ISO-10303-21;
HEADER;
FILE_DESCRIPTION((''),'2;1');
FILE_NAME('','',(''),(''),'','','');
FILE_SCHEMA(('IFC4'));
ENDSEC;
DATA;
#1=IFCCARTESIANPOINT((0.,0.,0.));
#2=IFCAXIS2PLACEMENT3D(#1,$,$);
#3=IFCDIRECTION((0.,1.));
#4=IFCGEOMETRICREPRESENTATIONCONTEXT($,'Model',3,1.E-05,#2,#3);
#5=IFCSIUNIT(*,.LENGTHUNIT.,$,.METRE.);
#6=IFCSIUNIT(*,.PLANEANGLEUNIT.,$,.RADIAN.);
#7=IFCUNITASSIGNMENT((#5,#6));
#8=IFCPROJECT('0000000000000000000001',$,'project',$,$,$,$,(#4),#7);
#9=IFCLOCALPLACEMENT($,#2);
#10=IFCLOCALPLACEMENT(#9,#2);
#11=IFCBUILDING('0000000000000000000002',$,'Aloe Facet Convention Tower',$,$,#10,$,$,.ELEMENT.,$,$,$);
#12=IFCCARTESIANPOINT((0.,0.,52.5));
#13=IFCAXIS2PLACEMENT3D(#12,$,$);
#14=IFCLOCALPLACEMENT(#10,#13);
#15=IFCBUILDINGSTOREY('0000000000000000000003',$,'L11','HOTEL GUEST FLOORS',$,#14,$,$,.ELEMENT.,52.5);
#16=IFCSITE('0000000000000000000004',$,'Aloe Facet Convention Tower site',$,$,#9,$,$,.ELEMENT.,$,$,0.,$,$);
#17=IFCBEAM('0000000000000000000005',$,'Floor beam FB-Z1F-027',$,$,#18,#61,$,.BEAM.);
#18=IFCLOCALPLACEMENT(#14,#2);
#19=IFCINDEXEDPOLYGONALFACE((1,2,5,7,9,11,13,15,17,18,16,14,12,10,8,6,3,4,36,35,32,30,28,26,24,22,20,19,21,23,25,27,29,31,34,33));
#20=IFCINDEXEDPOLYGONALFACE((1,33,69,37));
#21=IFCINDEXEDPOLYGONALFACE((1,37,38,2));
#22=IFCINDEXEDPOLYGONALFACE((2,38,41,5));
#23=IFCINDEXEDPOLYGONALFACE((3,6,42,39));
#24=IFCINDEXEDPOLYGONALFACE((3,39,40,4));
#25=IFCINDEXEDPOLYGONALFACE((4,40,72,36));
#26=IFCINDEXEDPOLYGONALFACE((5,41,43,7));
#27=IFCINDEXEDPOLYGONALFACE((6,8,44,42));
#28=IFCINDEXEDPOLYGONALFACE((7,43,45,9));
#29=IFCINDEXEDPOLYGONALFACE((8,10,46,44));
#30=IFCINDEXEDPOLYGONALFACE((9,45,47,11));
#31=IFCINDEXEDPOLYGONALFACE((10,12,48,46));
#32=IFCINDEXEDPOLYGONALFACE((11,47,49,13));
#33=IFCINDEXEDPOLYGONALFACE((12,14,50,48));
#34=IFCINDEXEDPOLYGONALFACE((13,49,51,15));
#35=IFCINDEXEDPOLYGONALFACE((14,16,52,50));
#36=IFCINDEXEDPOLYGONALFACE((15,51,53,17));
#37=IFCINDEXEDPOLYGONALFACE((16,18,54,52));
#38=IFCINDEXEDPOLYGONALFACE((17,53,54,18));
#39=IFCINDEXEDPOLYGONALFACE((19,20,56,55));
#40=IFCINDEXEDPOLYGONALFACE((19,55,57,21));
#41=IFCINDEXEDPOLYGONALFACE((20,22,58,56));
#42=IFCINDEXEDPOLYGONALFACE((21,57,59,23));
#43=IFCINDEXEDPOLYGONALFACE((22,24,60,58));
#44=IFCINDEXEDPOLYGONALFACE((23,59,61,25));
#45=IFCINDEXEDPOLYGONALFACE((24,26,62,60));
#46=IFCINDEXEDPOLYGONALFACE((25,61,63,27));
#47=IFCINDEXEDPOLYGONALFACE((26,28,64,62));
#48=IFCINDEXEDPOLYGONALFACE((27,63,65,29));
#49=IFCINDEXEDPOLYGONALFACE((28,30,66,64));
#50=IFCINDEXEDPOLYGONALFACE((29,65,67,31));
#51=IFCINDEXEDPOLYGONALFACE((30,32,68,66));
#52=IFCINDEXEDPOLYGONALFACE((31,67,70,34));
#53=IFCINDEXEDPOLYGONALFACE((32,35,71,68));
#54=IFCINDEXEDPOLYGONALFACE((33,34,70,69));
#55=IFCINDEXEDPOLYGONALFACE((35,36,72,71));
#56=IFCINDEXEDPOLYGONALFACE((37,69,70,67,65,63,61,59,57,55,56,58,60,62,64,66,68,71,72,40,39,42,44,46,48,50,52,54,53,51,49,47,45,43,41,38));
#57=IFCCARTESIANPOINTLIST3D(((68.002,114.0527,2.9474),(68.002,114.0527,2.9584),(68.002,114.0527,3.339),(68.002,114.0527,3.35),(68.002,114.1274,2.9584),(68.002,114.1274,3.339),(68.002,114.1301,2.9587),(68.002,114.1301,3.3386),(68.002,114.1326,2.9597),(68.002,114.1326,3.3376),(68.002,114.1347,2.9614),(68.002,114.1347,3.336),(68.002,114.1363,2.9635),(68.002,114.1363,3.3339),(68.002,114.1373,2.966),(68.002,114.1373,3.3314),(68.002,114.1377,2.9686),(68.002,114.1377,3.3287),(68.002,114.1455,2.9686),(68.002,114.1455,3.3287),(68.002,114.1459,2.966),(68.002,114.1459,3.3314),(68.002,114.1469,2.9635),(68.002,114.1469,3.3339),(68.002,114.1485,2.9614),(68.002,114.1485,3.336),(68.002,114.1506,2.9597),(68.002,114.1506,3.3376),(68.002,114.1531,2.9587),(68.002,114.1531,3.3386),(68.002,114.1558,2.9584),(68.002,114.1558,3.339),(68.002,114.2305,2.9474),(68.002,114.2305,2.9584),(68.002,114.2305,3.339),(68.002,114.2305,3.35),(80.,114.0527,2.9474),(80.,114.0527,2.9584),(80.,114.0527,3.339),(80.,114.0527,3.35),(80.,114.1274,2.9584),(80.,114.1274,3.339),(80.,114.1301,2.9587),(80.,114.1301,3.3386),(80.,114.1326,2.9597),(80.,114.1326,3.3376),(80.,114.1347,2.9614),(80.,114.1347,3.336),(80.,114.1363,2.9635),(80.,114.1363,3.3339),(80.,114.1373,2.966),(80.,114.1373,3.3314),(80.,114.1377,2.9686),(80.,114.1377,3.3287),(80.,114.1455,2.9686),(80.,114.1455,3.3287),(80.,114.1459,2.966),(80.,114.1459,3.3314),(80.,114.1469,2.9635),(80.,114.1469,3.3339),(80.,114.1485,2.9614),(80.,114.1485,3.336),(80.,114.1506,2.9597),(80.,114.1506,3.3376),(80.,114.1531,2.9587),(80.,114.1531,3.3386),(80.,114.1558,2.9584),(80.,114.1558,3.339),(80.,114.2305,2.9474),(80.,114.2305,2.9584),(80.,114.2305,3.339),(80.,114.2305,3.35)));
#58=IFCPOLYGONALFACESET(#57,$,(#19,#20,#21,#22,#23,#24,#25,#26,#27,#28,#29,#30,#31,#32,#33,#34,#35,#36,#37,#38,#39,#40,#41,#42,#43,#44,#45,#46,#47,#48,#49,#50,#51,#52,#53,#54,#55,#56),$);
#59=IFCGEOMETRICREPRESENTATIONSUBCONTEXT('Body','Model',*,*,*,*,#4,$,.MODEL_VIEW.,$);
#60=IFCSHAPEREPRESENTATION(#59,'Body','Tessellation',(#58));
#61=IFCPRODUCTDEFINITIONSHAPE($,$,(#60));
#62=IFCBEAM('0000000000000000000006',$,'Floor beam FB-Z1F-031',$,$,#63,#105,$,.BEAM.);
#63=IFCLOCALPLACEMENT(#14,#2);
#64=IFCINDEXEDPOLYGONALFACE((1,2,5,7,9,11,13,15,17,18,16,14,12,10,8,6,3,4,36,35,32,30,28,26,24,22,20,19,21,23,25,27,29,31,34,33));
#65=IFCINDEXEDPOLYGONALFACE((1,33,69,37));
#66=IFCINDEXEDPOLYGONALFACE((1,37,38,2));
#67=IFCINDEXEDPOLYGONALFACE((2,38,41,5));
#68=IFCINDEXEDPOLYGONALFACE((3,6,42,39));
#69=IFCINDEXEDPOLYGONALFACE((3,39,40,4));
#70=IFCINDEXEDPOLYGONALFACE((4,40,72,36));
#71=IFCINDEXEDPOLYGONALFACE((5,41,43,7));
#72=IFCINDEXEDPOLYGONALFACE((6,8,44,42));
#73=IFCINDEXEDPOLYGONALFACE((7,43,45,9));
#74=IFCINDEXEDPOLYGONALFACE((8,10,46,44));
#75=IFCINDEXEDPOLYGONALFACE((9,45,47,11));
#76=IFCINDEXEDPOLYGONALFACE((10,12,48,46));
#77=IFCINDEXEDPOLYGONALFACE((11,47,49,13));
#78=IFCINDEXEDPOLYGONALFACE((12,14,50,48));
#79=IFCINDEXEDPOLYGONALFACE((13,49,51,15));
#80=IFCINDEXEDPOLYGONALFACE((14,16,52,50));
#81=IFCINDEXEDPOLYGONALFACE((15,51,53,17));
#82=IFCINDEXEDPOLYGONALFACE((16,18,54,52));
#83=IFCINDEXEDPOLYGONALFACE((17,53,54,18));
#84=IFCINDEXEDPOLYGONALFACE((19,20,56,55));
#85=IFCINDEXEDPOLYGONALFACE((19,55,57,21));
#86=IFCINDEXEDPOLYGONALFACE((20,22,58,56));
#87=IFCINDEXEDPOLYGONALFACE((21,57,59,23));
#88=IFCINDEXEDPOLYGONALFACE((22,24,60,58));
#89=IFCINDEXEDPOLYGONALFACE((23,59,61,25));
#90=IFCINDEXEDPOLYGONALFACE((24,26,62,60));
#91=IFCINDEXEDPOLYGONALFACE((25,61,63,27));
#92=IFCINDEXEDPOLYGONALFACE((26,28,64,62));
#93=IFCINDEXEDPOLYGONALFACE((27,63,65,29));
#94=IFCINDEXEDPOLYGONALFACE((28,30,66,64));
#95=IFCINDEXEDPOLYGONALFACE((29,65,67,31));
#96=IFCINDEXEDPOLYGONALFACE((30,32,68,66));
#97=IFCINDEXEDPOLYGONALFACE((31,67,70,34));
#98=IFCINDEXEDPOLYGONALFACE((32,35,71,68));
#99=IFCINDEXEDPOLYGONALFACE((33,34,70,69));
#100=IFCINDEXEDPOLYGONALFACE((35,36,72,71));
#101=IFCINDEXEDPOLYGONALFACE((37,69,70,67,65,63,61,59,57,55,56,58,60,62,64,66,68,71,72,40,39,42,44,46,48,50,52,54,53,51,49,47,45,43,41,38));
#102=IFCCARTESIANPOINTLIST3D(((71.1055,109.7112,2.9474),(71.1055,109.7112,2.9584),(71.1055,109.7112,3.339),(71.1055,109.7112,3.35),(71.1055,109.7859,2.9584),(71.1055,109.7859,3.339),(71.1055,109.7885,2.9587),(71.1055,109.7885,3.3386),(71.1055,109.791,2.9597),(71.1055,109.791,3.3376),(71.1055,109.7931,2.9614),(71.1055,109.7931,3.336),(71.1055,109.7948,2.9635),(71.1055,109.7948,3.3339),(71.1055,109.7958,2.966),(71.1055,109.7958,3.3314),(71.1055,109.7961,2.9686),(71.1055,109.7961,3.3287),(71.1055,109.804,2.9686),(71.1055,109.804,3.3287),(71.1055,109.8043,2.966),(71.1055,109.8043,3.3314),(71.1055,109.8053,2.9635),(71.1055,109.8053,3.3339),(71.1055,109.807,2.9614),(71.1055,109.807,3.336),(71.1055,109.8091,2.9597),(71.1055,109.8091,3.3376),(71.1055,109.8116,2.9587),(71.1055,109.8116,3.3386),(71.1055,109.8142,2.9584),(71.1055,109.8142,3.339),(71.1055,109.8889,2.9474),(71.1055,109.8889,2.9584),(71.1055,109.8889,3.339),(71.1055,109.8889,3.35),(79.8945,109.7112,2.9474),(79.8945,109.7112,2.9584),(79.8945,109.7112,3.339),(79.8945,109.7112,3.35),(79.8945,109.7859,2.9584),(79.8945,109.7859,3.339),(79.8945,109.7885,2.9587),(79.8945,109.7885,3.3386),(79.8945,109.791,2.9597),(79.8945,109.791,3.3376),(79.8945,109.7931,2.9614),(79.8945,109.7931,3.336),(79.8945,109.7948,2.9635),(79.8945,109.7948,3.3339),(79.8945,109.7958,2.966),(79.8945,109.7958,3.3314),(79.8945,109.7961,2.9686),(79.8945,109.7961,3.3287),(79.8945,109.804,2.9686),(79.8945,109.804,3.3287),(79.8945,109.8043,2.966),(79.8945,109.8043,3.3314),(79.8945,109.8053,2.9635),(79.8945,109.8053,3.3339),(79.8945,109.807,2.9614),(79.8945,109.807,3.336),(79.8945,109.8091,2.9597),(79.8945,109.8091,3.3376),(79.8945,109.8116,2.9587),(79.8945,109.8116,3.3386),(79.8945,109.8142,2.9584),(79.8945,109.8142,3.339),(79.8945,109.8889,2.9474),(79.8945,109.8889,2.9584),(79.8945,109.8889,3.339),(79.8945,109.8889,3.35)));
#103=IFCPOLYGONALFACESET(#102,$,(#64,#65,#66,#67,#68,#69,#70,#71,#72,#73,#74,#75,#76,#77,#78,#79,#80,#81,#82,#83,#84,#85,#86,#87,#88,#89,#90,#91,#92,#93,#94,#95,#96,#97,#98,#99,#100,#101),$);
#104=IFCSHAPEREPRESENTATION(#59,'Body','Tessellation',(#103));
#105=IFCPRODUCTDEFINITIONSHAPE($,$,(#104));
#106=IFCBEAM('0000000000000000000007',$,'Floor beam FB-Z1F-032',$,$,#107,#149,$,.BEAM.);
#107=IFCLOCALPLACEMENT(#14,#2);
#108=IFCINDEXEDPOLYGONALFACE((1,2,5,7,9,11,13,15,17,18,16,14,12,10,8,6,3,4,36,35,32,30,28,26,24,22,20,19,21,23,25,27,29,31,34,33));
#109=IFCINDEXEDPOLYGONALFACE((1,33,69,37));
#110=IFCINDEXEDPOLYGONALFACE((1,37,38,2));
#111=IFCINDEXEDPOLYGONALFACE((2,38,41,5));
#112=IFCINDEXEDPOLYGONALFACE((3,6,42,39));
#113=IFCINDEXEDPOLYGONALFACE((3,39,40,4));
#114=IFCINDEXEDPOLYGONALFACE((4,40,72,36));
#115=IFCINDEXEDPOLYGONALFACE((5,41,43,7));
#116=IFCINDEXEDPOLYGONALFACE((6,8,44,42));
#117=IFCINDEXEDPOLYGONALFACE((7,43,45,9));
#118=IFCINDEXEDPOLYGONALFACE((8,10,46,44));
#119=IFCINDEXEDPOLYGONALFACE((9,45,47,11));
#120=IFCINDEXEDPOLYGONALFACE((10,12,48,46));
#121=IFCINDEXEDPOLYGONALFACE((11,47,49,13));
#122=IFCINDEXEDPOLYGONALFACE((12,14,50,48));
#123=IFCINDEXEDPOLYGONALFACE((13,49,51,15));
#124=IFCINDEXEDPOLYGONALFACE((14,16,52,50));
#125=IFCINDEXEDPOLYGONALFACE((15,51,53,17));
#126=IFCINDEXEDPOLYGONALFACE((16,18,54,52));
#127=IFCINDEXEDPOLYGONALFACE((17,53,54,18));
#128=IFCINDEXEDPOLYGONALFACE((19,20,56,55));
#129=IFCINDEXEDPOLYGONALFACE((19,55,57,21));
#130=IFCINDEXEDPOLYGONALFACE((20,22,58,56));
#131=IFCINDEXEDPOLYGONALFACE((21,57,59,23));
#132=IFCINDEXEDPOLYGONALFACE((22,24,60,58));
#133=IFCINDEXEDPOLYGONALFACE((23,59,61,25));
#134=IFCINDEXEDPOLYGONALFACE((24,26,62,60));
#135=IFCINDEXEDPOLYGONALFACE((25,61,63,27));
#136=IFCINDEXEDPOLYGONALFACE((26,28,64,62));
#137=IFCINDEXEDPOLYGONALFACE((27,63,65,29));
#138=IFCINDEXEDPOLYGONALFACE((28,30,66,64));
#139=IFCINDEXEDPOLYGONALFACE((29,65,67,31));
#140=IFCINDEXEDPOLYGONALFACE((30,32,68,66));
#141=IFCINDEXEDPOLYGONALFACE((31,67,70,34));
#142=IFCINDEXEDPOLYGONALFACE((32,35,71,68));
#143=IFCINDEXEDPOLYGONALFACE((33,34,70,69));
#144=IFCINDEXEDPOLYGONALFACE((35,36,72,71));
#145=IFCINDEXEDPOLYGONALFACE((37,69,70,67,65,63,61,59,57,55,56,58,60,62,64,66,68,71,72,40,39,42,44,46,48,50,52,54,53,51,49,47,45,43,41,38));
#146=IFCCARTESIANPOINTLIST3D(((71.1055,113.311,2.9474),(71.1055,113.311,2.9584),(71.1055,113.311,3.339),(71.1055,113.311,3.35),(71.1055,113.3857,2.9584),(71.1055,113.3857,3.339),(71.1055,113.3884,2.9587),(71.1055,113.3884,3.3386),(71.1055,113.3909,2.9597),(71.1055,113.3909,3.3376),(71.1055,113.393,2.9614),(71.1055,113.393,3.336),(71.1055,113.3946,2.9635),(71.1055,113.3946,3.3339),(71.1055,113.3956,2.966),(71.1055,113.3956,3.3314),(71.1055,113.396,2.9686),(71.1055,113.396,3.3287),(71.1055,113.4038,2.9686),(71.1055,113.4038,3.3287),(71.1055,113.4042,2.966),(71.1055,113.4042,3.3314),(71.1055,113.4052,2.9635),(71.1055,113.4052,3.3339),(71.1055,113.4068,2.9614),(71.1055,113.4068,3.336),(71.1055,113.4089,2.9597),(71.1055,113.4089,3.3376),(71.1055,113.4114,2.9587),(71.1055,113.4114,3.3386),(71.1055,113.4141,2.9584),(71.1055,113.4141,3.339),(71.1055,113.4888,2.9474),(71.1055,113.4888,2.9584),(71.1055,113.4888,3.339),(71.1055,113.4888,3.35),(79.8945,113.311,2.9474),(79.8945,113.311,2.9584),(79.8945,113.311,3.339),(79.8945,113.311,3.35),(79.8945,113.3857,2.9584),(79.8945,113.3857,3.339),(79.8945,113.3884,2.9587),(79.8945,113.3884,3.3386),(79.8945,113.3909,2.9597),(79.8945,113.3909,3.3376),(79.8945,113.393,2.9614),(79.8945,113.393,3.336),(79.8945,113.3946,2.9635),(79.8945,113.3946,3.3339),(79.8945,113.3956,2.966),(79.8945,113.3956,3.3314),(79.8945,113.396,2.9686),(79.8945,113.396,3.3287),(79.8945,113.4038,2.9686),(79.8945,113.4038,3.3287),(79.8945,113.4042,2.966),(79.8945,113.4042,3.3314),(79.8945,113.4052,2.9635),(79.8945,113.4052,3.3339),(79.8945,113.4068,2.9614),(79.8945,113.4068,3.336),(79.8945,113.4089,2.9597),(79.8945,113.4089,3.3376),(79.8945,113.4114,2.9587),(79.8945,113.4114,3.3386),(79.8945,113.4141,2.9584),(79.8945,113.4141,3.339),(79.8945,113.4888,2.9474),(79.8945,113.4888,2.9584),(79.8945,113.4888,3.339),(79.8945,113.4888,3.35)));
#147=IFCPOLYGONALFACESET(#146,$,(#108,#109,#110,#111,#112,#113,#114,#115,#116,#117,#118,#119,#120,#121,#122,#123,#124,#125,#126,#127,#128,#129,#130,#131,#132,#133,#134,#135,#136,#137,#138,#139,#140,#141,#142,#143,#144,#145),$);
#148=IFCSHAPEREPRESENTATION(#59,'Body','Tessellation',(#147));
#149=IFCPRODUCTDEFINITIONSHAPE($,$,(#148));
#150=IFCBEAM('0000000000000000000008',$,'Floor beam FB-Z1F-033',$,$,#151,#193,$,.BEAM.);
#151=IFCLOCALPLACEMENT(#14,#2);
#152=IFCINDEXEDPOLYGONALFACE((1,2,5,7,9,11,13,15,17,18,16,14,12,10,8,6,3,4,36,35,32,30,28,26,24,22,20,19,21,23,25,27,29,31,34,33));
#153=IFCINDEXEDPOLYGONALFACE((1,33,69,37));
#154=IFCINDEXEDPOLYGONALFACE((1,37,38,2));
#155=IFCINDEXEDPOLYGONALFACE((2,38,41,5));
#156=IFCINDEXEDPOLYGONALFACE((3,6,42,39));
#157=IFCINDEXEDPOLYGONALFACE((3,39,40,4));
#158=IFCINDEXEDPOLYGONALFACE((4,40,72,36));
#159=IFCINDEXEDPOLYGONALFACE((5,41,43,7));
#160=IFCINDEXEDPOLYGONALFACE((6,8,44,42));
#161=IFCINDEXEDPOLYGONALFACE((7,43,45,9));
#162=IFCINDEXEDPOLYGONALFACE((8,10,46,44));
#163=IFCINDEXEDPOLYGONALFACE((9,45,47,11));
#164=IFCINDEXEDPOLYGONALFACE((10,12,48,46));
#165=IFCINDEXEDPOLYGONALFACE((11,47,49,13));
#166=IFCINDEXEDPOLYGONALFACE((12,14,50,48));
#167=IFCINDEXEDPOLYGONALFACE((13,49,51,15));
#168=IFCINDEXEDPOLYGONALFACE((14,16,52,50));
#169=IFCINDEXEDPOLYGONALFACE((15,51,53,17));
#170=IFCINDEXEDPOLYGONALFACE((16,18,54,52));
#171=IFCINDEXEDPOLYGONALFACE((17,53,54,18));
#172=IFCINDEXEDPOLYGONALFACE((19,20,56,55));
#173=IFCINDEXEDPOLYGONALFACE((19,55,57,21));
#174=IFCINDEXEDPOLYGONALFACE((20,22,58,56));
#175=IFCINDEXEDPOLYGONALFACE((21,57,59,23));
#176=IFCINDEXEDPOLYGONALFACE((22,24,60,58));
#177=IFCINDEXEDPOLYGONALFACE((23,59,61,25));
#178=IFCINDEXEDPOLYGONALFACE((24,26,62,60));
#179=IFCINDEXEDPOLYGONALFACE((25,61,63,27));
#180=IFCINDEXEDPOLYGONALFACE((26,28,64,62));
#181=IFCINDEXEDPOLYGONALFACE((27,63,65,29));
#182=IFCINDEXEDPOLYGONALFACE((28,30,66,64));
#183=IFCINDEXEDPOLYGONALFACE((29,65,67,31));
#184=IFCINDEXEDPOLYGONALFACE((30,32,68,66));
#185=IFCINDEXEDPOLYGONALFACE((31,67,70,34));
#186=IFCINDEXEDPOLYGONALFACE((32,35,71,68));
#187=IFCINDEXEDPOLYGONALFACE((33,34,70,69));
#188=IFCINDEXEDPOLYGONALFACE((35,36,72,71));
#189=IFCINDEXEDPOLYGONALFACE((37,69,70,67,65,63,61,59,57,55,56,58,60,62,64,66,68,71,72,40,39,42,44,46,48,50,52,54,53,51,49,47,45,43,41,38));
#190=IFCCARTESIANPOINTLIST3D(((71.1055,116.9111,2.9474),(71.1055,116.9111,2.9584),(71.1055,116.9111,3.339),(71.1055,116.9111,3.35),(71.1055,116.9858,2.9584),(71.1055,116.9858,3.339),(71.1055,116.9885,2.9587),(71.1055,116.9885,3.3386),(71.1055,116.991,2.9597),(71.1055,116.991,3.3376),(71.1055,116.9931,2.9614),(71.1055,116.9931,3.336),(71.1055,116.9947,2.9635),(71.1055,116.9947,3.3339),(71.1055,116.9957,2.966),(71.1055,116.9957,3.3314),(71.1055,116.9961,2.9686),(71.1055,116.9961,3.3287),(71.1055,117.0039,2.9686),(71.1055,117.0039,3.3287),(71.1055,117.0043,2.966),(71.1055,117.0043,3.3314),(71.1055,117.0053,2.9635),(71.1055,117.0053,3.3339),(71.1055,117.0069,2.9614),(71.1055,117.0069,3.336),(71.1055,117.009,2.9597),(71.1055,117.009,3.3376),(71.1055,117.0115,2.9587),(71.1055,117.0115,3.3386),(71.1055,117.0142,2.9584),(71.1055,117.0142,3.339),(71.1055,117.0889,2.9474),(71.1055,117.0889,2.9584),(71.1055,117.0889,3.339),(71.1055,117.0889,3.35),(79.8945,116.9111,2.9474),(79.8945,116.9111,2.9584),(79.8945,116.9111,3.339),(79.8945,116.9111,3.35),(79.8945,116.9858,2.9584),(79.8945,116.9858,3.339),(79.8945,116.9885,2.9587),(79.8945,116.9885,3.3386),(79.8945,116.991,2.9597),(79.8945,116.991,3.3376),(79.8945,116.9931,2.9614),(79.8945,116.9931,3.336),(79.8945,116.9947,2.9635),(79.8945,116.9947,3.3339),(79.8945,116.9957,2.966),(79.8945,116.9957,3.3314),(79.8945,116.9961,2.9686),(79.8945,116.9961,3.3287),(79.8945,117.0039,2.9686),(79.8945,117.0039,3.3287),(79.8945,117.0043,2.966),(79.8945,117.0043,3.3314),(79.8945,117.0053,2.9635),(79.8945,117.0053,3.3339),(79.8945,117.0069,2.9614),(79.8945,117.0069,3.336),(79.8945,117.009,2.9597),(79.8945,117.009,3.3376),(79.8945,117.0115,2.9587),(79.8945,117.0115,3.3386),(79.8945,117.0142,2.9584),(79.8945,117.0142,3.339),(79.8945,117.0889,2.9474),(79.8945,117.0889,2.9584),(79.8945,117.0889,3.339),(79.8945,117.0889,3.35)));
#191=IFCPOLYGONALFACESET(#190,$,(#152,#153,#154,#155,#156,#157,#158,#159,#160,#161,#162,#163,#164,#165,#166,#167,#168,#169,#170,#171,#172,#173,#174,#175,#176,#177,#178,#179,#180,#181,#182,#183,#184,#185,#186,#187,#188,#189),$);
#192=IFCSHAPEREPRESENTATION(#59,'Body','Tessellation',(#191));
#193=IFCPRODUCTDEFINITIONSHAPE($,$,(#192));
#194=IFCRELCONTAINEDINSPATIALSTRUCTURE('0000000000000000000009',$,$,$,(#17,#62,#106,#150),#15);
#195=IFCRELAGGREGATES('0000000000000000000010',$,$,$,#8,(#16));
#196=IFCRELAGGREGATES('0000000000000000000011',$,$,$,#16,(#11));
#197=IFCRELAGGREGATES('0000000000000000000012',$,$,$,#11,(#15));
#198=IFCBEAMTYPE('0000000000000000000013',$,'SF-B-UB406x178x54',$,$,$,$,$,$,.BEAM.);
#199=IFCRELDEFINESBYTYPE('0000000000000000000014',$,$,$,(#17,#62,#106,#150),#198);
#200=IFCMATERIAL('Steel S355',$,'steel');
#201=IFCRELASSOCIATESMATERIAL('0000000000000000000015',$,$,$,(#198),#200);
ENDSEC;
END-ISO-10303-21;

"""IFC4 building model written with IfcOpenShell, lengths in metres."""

from ifc_helpers import new_model, si_unit, direction, frame, origin, origin_2d, place, context, subcontext, project, spatial, i_section, extrude, material, material_profile, profile_set, type_object, element, save


model = new_model("IFC4")

# Units and contexts
model_context = context("Model", 3, precision=1e-05, world=origin(), true_north=direction((0.0, 1.0)))
body_context = subcontext(model_context, "Body", "Model", "MODEL_VIEW")
ifc_project = project(units=[si_unit("LENGTHUNIT", "METRE"), si_unit("PLANEANGLEUNIT", "RADIAN")], contexts=[model_context])

# Site, building, storey
site_placement = place(None, origin())
site = spatial("IfcSite", under=ifc_project, at=site_placement, Name="Aloe Facet Convention Tower site", CompositionType="ELEMENT", RefElevation=0.0)
building_placement = place(site_placement, origin())
building = spatial("IfcBuilding", under=site, at=building_placement, Name="Aloe Facet Convention Tower", CompositionType="ELEMENT")
storey_placement = place(building_placement, frame((0.0, 0.0, 52.5)))
storey = spatial("IfcBuildingStorey", under=building, at=storey_placement, Name="L11", Description="HOTEL GUEST FLOORS", CompositionType="ELEMENT", Elevation=52.5)

# Beams
ifc_material_1 = material(Name="Steel S355", Category="steel")
ifc_material_profile_1 = material_profile(ifc_material_1, i_section(OverallWidth=0.1777, OverallDepth=0.4026, WebThickness=0.0078, FlangeThickness=0.011, FilletRadius=0.0103, at=origin_2d()), Name="UB 406x178x54")
ifc_profile_set_1 = profile_set([ifc_material_profile_1], Name="Steel S355")
beam_type_1 = type_object("IfcBeamType", Name="SF-B-UB406x178x54", PredefinedType="BEAM", material=ifc_profile_set_1)
beam_1_placement = place(storey_placement, frame((68.002, 114.1416, 3.1487), z_axis=(1.0, 0.0, 0.0), x_axis=(0.0, 1.0, 0.0)))
element("IfcBeam", 1, at=beam_1_placement, inside=storey, type_object=beam_type_1, Name="Floor beam FB-Z1F-027", PredefinedType="BEAM", context=body_context, shape_type="SweptSolid", body=[
    extrude(i_section(OverallWidth=0.1777, OverallDepth=0.4026, WebThickness=0.0078, FlangeThickness=0.011, FilletRadius=0.0103, at=origin_2d()), origin(), (0.0, 0.0, 1.0), 11.998),
])
for number, where, z_axis, x_axis, name in (
    (2, (71.1055, 109.8, 3.1487), (1.0, 0.0, 0.0), (0.0, 1.0, 0.0), "Floor beam FB-Z1F-031"),
    (3, (71.1055, 113.3999, 3.1487), (1.0, 0.0, 0.0), (0.0, 1.0, 0.0), "Floor beam FB-Z1F-032"),
    (4, (71.1055, 117.0, 3.1487), (1.0, 0.0, 0.0), (0.0, 1.0, 0.0), "Floor beam FB-Z1F-033"),
):
    element("IfcBeam", number, at=place(storey_placement, frame(where, z_axis=z_axis, x_axis=x_axis)), inside=storey, type_object=beam_type_1, Name=name, PredefinedType="BEAM", context=body_context, shape_type="SweptSolid", body=[
        extrude(i_section(OverallWidth=0.1777, OverallDepth=0.4026, WebThickness=0.0078, FlangeThickness=0.011, FilletRadius=0.0103, at=origin_2d()), origin(), (0.0, 0.0, 1.0), 8.7891),
    ])

save(model, "model.ifc")
